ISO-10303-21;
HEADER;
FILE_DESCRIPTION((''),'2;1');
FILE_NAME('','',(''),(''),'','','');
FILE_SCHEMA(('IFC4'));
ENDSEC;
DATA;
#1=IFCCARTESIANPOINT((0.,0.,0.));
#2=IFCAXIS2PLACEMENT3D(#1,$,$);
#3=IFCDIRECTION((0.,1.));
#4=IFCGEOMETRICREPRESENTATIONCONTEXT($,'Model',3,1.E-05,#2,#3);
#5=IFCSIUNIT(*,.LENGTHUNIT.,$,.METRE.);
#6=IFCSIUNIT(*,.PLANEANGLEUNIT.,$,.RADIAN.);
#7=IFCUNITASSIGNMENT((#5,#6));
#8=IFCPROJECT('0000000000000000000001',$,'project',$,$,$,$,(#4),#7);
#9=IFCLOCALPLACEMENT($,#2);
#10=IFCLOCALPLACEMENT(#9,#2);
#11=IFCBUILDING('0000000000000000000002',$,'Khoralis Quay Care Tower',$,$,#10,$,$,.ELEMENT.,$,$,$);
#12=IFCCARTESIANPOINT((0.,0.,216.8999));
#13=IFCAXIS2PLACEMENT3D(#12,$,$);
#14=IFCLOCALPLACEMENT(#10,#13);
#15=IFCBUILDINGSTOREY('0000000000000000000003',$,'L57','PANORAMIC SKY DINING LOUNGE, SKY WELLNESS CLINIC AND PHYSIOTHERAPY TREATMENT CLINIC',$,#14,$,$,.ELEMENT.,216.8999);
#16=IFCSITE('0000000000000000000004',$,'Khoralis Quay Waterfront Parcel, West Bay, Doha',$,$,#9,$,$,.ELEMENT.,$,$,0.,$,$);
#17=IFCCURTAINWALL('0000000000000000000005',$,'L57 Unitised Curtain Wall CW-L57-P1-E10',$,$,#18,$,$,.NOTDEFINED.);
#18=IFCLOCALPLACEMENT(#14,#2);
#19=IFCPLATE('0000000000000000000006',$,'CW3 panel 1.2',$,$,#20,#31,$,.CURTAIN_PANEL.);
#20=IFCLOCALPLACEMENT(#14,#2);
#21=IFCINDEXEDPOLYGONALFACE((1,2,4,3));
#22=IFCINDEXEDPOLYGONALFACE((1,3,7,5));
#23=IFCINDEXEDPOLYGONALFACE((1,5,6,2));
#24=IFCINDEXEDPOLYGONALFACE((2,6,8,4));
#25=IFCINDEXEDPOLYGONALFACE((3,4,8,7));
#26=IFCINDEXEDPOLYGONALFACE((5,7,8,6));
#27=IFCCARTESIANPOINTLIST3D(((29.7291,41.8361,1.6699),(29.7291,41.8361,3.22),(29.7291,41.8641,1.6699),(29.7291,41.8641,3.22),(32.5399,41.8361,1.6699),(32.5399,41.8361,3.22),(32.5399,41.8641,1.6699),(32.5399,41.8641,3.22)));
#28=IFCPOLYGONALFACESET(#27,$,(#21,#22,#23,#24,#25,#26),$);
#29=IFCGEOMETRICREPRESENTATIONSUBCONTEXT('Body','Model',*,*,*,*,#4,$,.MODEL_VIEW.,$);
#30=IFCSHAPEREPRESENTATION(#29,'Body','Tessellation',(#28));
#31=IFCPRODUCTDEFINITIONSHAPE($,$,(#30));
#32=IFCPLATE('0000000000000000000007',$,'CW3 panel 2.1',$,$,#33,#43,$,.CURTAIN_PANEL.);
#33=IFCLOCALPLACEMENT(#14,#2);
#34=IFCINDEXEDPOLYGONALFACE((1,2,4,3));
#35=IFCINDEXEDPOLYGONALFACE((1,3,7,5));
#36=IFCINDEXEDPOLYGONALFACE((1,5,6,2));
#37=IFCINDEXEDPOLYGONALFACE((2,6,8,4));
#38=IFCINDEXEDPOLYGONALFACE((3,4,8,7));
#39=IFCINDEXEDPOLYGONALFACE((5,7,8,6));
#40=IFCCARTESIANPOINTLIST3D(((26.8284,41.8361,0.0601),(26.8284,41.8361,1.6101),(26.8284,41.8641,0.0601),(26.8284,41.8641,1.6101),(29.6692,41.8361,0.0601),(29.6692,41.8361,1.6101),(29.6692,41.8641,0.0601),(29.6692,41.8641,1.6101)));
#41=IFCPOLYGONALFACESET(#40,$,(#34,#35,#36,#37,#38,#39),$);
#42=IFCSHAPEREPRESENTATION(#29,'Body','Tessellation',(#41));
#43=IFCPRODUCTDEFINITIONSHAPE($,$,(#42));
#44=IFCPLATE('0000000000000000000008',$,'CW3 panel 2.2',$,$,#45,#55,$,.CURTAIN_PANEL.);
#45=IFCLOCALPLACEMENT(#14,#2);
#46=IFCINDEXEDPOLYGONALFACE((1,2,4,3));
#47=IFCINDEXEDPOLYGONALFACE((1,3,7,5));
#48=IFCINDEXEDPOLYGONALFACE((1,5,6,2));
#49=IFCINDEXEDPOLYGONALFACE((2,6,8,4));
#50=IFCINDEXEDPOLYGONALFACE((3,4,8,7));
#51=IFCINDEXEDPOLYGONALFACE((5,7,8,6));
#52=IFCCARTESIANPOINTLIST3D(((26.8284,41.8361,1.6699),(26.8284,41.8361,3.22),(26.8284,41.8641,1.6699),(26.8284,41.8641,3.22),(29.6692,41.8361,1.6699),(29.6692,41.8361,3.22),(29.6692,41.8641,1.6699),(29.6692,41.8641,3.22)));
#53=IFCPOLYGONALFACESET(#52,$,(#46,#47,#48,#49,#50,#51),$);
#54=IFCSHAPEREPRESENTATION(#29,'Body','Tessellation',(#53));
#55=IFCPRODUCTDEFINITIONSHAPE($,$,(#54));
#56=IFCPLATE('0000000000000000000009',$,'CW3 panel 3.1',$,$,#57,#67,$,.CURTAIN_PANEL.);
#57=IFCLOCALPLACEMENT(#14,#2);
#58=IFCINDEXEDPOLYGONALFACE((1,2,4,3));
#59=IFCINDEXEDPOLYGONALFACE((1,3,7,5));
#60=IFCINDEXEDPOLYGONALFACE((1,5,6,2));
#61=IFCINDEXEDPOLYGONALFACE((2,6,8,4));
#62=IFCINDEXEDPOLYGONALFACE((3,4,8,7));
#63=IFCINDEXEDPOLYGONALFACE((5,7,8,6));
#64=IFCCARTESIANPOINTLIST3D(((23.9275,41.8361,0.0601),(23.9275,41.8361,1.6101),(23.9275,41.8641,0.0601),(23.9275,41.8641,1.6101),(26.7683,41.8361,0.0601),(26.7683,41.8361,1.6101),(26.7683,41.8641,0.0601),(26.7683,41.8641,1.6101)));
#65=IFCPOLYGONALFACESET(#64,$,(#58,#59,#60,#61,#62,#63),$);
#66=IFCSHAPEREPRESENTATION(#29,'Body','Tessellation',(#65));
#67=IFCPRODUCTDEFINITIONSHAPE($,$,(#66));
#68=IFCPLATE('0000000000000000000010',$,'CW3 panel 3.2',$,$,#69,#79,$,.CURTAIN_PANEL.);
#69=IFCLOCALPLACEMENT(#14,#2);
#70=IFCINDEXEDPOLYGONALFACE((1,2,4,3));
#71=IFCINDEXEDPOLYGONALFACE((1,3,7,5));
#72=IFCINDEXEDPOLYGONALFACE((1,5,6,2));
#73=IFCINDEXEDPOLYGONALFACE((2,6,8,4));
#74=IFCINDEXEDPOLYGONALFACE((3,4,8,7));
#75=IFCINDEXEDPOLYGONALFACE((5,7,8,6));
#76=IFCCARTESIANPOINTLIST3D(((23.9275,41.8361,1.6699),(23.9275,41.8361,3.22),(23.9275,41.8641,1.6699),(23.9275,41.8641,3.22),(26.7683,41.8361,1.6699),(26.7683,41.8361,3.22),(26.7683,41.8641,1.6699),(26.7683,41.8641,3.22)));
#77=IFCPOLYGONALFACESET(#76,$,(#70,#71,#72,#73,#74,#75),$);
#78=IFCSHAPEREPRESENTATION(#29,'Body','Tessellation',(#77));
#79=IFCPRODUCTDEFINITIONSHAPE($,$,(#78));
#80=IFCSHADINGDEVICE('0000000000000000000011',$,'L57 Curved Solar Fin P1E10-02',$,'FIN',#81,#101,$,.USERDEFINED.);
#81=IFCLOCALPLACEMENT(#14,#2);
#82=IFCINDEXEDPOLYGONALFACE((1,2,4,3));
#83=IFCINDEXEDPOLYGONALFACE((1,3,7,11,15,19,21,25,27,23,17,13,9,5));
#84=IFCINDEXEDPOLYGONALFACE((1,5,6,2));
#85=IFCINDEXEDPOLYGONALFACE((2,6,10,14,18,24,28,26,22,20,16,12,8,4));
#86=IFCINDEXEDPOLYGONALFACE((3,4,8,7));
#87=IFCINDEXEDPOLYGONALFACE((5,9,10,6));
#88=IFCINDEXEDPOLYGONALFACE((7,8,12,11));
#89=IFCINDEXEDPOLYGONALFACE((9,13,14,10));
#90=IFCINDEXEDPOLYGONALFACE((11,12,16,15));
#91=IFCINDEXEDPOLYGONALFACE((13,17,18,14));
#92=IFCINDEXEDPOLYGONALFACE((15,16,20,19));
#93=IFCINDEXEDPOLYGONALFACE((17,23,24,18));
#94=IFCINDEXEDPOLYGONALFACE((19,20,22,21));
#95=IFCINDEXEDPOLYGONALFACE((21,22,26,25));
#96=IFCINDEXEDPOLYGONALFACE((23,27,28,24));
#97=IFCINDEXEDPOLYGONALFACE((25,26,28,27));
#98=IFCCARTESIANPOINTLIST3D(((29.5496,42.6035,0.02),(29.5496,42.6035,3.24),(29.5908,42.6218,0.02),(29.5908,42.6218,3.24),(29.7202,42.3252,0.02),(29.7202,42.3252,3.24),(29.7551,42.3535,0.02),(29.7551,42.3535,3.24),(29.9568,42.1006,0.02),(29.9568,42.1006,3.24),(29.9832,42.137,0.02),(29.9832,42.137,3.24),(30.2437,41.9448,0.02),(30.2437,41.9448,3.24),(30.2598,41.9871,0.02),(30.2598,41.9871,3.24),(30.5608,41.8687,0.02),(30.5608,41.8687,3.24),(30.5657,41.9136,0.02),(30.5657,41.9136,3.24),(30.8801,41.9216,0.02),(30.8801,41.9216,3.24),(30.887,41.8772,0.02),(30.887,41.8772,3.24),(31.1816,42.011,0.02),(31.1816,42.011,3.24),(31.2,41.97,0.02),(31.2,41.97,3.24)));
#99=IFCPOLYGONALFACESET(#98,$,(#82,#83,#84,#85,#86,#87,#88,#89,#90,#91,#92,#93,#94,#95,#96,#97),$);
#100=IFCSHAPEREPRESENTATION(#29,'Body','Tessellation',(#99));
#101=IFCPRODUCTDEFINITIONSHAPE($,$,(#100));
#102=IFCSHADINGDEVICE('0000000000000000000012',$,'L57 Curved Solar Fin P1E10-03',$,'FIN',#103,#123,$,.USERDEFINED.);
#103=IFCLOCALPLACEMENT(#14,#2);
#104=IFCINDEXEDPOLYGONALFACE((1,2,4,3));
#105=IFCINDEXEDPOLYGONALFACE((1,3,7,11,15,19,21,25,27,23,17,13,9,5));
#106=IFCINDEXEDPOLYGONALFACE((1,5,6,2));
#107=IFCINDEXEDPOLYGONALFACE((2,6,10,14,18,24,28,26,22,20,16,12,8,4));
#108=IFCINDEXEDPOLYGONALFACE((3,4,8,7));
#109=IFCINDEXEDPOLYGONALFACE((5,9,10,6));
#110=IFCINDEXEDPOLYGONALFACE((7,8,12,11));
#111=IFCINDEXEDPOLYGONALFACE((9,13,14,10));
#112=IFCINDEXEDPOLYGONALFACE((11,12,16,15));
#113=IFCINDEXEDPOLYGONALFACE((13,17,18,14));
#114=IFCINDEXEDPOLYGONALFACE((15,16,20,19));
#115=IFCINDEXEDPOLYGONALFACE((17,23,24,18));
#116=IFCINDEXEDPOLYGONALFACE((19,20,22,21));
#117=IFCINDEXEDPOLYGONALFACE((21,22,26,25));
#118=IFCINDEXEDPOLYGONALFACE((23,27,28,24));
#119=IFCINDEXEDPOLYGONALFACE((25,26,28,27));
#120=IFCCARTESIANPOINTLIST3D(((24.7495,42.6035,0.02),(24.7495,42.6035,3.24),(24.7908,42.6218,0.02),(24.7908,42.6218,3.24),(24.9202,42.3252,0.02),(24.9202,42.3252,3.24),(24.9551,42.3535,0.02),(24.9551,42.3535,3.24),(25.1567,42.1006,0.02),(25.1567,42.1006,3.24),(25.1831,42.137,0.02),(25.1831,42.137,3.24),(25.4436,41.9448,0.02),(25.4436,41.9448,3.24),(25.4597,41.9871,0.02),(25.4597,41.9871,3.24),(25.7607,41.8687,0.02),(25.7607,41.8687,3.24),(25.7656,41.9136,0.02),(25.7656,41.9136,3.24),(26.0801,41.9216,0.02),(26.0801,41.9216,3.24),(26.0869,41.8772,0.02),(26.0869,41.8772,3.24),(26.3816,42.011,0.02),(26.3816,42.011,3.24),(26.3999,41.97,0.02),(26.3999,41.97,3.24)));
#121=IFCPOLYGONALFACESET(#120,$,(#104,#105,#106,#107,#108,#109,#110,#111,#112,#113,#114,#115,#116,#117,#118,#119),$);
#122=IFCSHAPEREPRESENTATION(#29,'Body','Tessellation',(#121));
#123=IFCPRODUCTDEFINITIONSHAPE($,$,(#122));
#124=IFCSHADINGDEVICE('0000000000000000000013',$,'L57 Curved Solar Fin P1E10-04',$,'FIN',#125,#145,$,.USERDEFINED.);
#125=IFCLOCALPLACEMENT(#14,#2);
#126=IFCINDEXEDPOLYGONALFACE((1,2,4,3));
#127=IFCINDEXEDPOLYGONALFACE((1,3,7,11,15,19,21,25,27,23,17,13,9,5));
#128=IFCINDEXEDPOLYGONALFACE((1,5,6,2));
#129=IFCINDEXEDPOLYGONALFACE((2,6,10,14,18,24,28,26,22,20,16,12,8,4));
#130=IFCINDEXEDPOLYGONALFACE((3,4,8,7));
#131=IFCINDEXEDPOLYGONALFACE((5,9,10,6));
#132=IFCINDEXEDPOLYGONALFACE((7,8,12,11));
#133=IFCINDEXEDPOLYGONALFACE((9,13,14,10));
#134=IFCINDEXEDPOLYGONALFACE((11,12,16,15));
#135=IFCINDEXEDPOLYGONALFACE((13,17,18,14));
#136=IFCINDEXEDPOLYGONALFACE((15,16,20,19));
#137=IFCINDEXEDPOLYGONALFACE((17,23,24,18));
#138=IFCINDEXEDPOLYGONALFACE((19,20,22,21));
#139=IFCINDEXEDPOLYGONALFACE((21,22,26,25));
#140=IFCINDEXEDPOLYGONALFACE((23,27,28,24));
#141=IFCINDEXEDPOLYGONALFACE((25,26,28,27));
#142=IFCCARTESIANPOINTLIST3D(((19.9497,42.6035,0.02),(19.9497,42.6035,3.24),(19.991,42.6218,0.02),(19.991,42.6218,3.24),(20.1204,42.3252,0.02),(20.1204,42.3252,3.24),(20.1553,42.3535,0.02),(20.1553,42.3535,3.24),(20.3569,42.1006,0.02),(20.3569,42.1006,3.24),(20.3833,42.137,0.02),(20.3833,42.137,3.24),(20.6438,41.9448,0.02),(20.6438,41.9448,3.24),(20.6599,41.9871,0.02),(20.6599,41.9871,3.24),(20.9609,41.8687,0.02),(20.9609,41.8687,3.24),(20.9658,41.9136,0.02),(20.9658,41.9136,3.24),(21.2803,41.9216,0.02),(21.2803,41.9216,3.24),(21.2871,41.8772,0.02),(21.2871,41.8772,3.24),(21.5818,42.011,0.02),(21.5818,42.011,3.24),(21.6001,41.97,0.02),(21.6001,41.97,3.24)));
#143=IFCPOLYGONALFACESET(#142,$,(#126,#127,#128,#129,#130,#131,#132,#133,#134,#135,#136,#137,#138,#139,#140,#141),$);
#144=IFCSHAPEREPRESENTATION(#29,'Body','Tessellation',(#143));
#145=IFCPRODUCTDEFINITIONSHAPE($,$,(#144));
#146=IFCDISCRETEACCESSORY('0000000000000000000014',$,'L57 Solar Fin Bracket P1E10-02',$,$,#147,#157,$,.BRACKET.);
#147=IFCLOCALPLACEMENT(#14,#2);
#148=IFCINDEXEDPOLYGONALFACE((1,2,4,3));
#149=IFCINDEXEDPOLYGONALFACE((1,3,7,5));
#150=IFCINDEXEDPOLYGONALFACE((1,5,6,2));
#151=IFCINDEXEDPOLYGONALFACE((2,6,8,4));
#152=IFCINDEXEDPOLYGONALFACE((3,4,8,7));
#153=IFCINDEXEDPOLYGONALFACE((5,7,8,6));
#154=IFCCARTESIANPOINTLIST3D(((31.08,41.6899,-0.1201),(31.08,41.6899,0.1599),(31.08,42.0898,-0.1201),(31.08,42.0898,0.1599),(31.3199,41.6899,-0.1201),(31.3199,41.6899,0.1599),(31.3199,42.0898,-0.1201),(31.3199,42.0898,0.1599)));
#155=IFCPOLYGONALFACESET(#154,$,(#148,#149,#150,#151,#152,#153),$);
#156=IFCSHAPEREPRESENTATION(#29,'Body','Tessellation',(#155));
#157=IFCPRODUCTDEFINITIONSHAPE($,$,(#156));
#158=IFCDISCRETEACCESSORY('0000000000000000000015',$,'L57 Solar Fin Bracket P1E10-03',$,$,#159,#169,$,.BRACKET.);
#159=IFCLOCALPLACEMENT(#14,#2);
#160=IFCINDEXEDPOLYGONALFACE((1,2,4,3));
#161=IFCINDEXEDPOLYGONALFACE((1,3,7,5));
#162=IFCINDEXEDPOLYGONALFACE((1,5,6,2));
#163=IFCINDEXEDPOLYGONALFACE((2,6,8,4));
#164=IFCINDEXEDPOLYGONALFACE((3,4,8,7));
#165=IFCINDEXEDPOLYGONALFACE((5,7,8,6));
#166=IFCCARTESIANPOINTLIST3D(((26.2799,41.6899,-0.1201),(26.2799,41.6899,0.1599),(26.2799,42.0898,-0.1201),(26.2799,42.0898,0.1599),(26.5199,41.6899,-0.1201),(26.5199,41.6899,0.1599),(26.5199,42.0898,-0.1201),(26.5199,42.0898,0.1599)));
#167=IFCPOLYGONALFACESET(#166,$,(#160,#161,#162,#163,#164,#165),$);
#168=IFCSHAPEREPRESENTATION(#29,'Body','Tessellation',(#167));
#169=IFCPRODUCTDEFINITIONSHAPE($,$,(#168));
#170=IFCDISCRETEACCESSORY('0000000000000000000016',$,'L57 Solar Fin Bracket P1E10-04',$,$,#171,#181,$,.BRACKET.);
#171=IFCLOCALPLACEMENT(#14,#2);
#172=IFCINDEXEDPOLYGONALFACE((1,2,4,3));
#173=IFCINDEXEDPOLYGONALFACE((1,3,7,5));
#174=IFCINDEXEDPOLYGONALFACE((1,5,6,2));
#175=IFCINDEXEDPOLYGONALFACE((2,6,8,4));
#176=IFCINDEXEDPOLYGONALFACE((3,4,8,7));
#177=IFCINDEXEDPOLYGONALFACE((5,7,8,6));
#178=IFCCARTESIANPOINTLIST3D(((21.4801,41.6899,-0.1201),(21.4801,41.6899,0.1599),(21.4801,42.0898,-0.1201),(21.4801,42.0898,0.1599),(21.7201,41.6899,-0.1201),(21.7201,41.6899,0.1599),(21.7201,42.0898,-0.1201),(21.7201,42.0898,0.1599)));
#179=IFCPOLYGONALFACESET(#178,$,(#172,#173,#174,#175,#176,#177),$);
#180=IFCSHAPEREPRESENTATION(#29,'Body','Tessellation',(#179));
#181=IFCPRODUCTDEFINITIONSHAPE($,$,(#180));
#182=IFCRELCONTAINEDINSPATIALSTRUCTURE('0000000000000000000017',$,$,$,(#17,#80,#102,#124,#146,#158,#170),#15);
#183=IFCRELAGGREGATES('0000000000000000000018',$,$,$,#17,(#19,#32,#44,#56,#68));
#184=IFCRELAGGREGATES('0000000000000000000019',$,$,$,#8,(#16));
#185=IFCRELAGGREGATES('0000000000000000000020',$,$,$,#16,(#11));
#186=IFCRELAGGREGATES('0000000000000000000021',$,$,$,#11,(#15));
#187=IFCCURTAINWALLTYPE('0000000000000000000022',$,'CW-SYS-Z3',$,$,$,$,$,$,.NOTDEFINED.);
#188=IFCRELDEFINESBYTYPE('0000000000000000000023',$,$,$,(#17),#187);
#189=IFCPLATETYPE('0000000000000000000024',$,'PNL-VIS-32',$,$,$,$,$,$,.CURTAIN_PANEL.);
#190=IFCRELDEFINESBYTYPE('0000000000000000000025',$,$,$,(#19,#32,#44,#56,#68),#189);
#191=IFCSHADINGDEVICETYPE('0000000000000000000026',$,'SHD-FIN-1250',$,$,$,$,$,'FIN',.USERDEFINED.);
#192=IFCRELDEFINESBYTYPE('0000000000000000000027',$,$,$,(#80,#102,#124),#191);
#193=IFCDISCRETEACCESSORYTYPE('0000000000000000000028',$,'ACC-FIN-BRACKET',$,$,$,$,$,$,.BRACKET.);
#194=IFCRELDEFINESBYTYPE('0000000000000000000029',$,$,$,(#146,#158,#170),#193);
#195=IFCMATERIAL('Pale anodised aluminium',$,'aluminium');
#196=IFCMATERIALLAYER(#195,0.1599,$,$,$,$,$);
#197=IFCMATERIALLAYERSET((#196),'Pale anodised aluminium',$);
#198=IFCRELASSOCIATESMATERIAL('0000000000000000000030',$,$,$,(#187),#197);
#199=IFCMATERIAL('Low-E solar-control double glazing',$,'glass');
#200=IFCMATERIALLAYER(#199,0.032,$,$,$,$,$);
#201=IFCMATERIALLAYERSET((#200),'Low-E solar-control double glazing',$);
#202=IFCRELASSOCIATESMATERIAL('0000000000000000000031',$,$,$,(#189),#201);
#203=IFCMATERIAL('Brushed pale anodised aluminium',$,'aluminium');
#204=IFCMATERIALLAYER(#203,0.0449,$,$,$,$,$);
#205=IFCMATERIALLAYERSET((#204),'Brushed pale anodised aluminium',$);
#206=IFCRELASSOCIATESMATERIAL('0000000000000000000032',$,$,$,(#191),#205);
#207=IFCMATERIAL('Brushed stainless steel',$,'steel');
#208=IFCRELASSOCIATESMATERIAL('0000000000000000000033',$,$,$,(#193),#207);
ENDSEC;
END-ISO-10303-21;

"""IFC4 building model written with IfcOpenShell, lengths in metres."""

from ifc_helpers import new_model, si_unit, direction, frame, origin, origin_2d, place, context, subcontext, project, spatial, polyline, rectangle, outline, extrude, source, transform, mapped, material, layer, layer_set, type_object, element, aggregate, save


model = new_model("IFC4")

# Units and contexts
model_context = context("Model", 3, precision=1e-05, world=origin(), true_north=direction((0.0, 1.0)))
body_context = subcontext(model_context, "Body", "Model", "MODEL_VIEW")
ifc_project = project(units=[si_unit("LENGTHUNIT", "METRE"), si_unit("PLANEANGLEUNIT", "RADIAN")], contexts=[model_context])

# Site, building, storey
site_placement = place(None, origin())
site = spatial("IfcSite", under=ifc_project, at=site_placement, Name="Khoralis Quay Waterfront Parcel, West Bay, Doha", CompositionType="ELEMENT", RefElevation=0.0)
building_placement = place(site_placement, origin())
building = spatial("IfcBuilding", under=site, at=building_placement, Name="Khoralis Quay Care Tower", CompositionType="ELEMENT")
storey_placement = place(building_placement, frame((0.0, 0.0, 216.8999)))
storey = spatial("IfcBuildingStorey", under=building, at=storey_placement, Name="L57", Description="PANORAMIC SKY DINING LOUNGE, SKY WELLNESS CLINIC AND PHYSIOTHERAPY TREATMENT CLINIC", CompositionType="ELEMENT", Elevation=216.8999)

# Curtain wall, plates
ifc_material_1 = material(Name="Pale anodised aluminium", Category="aluminium")
ifc_layer_1 = layer(ifc_material_1, 0.1599)
ifc_layer_set_1 = layer_set([ifc_layer_1], Name="Pale anodised aluminium")
curtain_wall_type = type_object("IfcCurtainWallType", Name="CW-SYS-Z3", PredefinedType="NOTDEFINED", material=ifc_layer_set_1)
curtain_wall_placement = place(storey_placement, origin())
curtain_wall = element("IfcCurtainWall", 1, at=curtain_wall_placement, inside=storey, type_object=curtain_wall_type, Name="L57 Unitised Curtain Wall CW-L57-P1-E10", PredefinedType="NOTDEFINED")
ifc_material_2 = material(Name="Low-E solar-control double glazing", Category="glass")
ifc_layer_2 = layer(ifc_material_2, 0.032)
ifc_layer_set_2 = layer_set([ifc_layer_2], Name="Low-E solar-control double glazing")
plate_type = type_object("IfcPlateType", Name="PNL-VIS-32", PredefinedType="CURTAIN_PANEL", material=ifc_layer_set_2)
shared_shape_1 = source(origin(), body_context, "Body", "SweptSolid", [
    extrude(rectangle(XDim=2.8108, YDim=0.0281, at=origin_2d()), origin(), (0.0, 0.0, 1.0), 1.55),
])
plate_1_placement = place(storey_placement, frame((31.1345, 41.8501, 1.6699), z_axis=(0.0, 0.0, 1.0), x_axis=(-1.0, 0.0, 0.0)))
plate_1 = element("IfcPlate", 2, at=plate_1_placement, type_object=plate_type, Name="CW3 panel 1.2", PredefinedType="CURTAIN_PANEL", context=body_context, shape_type="MappedRepresentation", body=[
    mapped(shared_shape_1, transform((0.0, 0.0, 0.0), scale=1.0)),
])
shared_shape_2 = source(origin(), body_context, "Body", "SweptSolid", [
    extrude(rectangle(XDim=2.8408, YDim=0.0281, at=origin_2d()), origin(), (0.0, 0.0, 1.0), 1.55),
])
plate_2_placement = place(storey_placement, frame((28.2488, 41.8501, 0.0601), z_axis=(0.0, 0.0, 1.0), x_axis=(-1.0, 0.0, 0.0)))
plate_2 = element("IfcPlate", 3, at=plate_2_placement, type_object=plate_type, Name="CW3 panel 2.1", PredefinedType="CURTAIN_PANEL", context=body_context, shape_type="MappedRepresentation", body=[
    mapped(shared_shape_2, transform((0.0, 0.0, 0.0), scale=1.0)),
])
plate_3_placement = place(storey_placement, frame((28.2488, 41.8501, 1.6699), z_axis=(0.0, 0.0, 1.0), x_axis=(-1.0, 0.0, 0.0)))
plate_3 = element("IfcPlate", 4, at=plate_3_placement, type_object=plate_type, Name="CW3 panel 2.2", PredefinedType="CURTAIN_PANEL", context=body_context, shape_type="MappedRepresentation", body=[
    mapped(shared_shape_2, transform((0.0, 0.0, 0.0), scale=1.0)),
])
plate_4_placement = place(storey_placement, frame((25.3479, 41.8501, 0.0601), z_axis=(0.0, 0.0, 1.0), x_axis=(-1.0, 0.0, 0.0)))
plate_4 = element("IfcPlate", 5, at=plate_4_placement, type_object=plate_type, Name="CW3 panel 3.1", PredefinedType="CURTAIN_PANEL", context=body_context, shape_type="MappedRepresentation", body=[
    mapped(shared_shape_2, transform((0.0, 0.0, 0.0), scale=1.0)),
])
plate_5_placement = place(storey_placement, frame((25.3479, 41.8501, 1.6699), z_axis=(0.0, 0.0, 1.0), x_axis=(-1.0, 0.0, 0.0)))
plate_5 = element("IfcPlate", 6, at=plate_5_placement, type_object=plate_type, Name="CW3 panel 3.2", PredefinedType="CURTAIN_PANEL", context=body_context, shape_type="MappedRepresentation", body=[
    mapped(shared_shape_2, transform((0.0, 0.0, 0.0), scale=1.0)),
])
aggregate(curtain_wall, [plate_1, plate_2, plate_3, plate_4, plate_5])

# Shading devices
ifc_material_3 = material(Name="Brushed pale anodised aluminium", Category="aluminium")
ifc_layer_3 = layer(ifc_material_3, 0.0449)
ifc_layer_set_3 = layer_set([ifc_layer_3], Name="Brushed pale anodised aluminium")
shading_device_type = type_object("IfcShadingDeviceType", Name="SHD-FIN-1250", ElementType="FIN", PredefinedType="USERDEFINED", material=ifc_layer_set_3)
shared_shape_3 = source(origin(), body_context, "Body", "SweptSolid", [
    extrude(outline(polyline([(0.0, 0.0), (-0.0928, 0.313), (-0.1013, 0.6392), (-0.0251, 0.9563), (0.1306, 1.2432), (0.3552, 1.4797), (0.6335, 1.6504), (0.6519, 1.6091), (0.3835, 1.4448), (0.167, 1.2168), (0.0171, 0.9402), (-0.0564, 0.6343), (-0.0483, 0.3198), (0.041, 0.0183), (0.0, 0.0)])), origin(), (0.0, 0.0, 1.0), 3.22),
])
for number, where, z_axis, x_axis, name in (
    (7, (31.2, 41.97, 0.02), (0.0, 0.0, 1.0), (0.0, 1.0, 0.0), "L57 Curved Solar Fin P1E10-02"),
    (8, (26.3999, 41.97, 0.02), (0.0, 0.0, 1.0), (0.0, 1.0, 0.0), "L57 Curved Solar Fin P1E10-03"),
    (9, (21.6001, 41.97, 0.02), (0.0, 0.0, 1.0), (0.0, 1.0, 0.0), "L57 Curved Solar Fin P1E10-04"),
):
    element("IfcShadingDevice", number, at=place(storey_placement, frame(where, z_axis=z_axis, x_axis=x_axis)), inside=storey, type_object=shading_device_type, Name=name, ObjectType="FIN", PredefinedType="USERDEFINED", context=body_context, shape_type="MappedRepresentation", body=[
        mapped(shared_shape_3, transform((0.0, 0.0, 0.0), scale=1.0)),
    ])

# Discrete accessories
ifc_material_4 = material(Name="Brushed stainless steel", Category="steel")
discrete_accessory_type = type_object("IfcDiscreteAccessoryType", Name="ACC-FIN-BRACKET", PredefinedType="BRACKET", material=ifc_material_4)
shared_shape_4 = source(origin(), body_context, "Body", "SweptSolid", [
    extrude(rectangle(XDim=0.3999, YDim=0.24, at=origin_2d()), origin(), (0.0, 0.0, 1.0), 0.28),
])
for number, where, z_axis, x_axis, name in (
    (10, (31.2, 41.8899, -0.1201), (0.0, 0.0, 1.0), (0.0, 1.0, 0.0), "L57 Solar Fin Bracket P1E10-02"),
    (11, (26.3999, 41.8899, -0.1201), (0.0, 0.0, 1.0), (0.0, 1.0, 0.0), "L57 Solar Fin Bracket P1E10-03"),
    (12, (21.6001, 41.8899, -0.1201), (0.0, 0.0, 1.0), (0.0, 1.0, 0.0), "L57 Solar Fin Bracket P1E10-04"),
):
    element("IfcDiscreteAccessory", number, at=place(storey_placement, frame(where, z_axis=z_axis, x_axis=x_axis)), inside=storey, type_object=discrete_accessory_type, Name=name, PredefinedType="BRACKET", context=body_context, shape_type="MappedRepresentation", body=[
        mapped(shared_shape_4, transform((0.0, 0.0, 0.0), scale=1.0)),
    ])

save(model, "model.ifc")
